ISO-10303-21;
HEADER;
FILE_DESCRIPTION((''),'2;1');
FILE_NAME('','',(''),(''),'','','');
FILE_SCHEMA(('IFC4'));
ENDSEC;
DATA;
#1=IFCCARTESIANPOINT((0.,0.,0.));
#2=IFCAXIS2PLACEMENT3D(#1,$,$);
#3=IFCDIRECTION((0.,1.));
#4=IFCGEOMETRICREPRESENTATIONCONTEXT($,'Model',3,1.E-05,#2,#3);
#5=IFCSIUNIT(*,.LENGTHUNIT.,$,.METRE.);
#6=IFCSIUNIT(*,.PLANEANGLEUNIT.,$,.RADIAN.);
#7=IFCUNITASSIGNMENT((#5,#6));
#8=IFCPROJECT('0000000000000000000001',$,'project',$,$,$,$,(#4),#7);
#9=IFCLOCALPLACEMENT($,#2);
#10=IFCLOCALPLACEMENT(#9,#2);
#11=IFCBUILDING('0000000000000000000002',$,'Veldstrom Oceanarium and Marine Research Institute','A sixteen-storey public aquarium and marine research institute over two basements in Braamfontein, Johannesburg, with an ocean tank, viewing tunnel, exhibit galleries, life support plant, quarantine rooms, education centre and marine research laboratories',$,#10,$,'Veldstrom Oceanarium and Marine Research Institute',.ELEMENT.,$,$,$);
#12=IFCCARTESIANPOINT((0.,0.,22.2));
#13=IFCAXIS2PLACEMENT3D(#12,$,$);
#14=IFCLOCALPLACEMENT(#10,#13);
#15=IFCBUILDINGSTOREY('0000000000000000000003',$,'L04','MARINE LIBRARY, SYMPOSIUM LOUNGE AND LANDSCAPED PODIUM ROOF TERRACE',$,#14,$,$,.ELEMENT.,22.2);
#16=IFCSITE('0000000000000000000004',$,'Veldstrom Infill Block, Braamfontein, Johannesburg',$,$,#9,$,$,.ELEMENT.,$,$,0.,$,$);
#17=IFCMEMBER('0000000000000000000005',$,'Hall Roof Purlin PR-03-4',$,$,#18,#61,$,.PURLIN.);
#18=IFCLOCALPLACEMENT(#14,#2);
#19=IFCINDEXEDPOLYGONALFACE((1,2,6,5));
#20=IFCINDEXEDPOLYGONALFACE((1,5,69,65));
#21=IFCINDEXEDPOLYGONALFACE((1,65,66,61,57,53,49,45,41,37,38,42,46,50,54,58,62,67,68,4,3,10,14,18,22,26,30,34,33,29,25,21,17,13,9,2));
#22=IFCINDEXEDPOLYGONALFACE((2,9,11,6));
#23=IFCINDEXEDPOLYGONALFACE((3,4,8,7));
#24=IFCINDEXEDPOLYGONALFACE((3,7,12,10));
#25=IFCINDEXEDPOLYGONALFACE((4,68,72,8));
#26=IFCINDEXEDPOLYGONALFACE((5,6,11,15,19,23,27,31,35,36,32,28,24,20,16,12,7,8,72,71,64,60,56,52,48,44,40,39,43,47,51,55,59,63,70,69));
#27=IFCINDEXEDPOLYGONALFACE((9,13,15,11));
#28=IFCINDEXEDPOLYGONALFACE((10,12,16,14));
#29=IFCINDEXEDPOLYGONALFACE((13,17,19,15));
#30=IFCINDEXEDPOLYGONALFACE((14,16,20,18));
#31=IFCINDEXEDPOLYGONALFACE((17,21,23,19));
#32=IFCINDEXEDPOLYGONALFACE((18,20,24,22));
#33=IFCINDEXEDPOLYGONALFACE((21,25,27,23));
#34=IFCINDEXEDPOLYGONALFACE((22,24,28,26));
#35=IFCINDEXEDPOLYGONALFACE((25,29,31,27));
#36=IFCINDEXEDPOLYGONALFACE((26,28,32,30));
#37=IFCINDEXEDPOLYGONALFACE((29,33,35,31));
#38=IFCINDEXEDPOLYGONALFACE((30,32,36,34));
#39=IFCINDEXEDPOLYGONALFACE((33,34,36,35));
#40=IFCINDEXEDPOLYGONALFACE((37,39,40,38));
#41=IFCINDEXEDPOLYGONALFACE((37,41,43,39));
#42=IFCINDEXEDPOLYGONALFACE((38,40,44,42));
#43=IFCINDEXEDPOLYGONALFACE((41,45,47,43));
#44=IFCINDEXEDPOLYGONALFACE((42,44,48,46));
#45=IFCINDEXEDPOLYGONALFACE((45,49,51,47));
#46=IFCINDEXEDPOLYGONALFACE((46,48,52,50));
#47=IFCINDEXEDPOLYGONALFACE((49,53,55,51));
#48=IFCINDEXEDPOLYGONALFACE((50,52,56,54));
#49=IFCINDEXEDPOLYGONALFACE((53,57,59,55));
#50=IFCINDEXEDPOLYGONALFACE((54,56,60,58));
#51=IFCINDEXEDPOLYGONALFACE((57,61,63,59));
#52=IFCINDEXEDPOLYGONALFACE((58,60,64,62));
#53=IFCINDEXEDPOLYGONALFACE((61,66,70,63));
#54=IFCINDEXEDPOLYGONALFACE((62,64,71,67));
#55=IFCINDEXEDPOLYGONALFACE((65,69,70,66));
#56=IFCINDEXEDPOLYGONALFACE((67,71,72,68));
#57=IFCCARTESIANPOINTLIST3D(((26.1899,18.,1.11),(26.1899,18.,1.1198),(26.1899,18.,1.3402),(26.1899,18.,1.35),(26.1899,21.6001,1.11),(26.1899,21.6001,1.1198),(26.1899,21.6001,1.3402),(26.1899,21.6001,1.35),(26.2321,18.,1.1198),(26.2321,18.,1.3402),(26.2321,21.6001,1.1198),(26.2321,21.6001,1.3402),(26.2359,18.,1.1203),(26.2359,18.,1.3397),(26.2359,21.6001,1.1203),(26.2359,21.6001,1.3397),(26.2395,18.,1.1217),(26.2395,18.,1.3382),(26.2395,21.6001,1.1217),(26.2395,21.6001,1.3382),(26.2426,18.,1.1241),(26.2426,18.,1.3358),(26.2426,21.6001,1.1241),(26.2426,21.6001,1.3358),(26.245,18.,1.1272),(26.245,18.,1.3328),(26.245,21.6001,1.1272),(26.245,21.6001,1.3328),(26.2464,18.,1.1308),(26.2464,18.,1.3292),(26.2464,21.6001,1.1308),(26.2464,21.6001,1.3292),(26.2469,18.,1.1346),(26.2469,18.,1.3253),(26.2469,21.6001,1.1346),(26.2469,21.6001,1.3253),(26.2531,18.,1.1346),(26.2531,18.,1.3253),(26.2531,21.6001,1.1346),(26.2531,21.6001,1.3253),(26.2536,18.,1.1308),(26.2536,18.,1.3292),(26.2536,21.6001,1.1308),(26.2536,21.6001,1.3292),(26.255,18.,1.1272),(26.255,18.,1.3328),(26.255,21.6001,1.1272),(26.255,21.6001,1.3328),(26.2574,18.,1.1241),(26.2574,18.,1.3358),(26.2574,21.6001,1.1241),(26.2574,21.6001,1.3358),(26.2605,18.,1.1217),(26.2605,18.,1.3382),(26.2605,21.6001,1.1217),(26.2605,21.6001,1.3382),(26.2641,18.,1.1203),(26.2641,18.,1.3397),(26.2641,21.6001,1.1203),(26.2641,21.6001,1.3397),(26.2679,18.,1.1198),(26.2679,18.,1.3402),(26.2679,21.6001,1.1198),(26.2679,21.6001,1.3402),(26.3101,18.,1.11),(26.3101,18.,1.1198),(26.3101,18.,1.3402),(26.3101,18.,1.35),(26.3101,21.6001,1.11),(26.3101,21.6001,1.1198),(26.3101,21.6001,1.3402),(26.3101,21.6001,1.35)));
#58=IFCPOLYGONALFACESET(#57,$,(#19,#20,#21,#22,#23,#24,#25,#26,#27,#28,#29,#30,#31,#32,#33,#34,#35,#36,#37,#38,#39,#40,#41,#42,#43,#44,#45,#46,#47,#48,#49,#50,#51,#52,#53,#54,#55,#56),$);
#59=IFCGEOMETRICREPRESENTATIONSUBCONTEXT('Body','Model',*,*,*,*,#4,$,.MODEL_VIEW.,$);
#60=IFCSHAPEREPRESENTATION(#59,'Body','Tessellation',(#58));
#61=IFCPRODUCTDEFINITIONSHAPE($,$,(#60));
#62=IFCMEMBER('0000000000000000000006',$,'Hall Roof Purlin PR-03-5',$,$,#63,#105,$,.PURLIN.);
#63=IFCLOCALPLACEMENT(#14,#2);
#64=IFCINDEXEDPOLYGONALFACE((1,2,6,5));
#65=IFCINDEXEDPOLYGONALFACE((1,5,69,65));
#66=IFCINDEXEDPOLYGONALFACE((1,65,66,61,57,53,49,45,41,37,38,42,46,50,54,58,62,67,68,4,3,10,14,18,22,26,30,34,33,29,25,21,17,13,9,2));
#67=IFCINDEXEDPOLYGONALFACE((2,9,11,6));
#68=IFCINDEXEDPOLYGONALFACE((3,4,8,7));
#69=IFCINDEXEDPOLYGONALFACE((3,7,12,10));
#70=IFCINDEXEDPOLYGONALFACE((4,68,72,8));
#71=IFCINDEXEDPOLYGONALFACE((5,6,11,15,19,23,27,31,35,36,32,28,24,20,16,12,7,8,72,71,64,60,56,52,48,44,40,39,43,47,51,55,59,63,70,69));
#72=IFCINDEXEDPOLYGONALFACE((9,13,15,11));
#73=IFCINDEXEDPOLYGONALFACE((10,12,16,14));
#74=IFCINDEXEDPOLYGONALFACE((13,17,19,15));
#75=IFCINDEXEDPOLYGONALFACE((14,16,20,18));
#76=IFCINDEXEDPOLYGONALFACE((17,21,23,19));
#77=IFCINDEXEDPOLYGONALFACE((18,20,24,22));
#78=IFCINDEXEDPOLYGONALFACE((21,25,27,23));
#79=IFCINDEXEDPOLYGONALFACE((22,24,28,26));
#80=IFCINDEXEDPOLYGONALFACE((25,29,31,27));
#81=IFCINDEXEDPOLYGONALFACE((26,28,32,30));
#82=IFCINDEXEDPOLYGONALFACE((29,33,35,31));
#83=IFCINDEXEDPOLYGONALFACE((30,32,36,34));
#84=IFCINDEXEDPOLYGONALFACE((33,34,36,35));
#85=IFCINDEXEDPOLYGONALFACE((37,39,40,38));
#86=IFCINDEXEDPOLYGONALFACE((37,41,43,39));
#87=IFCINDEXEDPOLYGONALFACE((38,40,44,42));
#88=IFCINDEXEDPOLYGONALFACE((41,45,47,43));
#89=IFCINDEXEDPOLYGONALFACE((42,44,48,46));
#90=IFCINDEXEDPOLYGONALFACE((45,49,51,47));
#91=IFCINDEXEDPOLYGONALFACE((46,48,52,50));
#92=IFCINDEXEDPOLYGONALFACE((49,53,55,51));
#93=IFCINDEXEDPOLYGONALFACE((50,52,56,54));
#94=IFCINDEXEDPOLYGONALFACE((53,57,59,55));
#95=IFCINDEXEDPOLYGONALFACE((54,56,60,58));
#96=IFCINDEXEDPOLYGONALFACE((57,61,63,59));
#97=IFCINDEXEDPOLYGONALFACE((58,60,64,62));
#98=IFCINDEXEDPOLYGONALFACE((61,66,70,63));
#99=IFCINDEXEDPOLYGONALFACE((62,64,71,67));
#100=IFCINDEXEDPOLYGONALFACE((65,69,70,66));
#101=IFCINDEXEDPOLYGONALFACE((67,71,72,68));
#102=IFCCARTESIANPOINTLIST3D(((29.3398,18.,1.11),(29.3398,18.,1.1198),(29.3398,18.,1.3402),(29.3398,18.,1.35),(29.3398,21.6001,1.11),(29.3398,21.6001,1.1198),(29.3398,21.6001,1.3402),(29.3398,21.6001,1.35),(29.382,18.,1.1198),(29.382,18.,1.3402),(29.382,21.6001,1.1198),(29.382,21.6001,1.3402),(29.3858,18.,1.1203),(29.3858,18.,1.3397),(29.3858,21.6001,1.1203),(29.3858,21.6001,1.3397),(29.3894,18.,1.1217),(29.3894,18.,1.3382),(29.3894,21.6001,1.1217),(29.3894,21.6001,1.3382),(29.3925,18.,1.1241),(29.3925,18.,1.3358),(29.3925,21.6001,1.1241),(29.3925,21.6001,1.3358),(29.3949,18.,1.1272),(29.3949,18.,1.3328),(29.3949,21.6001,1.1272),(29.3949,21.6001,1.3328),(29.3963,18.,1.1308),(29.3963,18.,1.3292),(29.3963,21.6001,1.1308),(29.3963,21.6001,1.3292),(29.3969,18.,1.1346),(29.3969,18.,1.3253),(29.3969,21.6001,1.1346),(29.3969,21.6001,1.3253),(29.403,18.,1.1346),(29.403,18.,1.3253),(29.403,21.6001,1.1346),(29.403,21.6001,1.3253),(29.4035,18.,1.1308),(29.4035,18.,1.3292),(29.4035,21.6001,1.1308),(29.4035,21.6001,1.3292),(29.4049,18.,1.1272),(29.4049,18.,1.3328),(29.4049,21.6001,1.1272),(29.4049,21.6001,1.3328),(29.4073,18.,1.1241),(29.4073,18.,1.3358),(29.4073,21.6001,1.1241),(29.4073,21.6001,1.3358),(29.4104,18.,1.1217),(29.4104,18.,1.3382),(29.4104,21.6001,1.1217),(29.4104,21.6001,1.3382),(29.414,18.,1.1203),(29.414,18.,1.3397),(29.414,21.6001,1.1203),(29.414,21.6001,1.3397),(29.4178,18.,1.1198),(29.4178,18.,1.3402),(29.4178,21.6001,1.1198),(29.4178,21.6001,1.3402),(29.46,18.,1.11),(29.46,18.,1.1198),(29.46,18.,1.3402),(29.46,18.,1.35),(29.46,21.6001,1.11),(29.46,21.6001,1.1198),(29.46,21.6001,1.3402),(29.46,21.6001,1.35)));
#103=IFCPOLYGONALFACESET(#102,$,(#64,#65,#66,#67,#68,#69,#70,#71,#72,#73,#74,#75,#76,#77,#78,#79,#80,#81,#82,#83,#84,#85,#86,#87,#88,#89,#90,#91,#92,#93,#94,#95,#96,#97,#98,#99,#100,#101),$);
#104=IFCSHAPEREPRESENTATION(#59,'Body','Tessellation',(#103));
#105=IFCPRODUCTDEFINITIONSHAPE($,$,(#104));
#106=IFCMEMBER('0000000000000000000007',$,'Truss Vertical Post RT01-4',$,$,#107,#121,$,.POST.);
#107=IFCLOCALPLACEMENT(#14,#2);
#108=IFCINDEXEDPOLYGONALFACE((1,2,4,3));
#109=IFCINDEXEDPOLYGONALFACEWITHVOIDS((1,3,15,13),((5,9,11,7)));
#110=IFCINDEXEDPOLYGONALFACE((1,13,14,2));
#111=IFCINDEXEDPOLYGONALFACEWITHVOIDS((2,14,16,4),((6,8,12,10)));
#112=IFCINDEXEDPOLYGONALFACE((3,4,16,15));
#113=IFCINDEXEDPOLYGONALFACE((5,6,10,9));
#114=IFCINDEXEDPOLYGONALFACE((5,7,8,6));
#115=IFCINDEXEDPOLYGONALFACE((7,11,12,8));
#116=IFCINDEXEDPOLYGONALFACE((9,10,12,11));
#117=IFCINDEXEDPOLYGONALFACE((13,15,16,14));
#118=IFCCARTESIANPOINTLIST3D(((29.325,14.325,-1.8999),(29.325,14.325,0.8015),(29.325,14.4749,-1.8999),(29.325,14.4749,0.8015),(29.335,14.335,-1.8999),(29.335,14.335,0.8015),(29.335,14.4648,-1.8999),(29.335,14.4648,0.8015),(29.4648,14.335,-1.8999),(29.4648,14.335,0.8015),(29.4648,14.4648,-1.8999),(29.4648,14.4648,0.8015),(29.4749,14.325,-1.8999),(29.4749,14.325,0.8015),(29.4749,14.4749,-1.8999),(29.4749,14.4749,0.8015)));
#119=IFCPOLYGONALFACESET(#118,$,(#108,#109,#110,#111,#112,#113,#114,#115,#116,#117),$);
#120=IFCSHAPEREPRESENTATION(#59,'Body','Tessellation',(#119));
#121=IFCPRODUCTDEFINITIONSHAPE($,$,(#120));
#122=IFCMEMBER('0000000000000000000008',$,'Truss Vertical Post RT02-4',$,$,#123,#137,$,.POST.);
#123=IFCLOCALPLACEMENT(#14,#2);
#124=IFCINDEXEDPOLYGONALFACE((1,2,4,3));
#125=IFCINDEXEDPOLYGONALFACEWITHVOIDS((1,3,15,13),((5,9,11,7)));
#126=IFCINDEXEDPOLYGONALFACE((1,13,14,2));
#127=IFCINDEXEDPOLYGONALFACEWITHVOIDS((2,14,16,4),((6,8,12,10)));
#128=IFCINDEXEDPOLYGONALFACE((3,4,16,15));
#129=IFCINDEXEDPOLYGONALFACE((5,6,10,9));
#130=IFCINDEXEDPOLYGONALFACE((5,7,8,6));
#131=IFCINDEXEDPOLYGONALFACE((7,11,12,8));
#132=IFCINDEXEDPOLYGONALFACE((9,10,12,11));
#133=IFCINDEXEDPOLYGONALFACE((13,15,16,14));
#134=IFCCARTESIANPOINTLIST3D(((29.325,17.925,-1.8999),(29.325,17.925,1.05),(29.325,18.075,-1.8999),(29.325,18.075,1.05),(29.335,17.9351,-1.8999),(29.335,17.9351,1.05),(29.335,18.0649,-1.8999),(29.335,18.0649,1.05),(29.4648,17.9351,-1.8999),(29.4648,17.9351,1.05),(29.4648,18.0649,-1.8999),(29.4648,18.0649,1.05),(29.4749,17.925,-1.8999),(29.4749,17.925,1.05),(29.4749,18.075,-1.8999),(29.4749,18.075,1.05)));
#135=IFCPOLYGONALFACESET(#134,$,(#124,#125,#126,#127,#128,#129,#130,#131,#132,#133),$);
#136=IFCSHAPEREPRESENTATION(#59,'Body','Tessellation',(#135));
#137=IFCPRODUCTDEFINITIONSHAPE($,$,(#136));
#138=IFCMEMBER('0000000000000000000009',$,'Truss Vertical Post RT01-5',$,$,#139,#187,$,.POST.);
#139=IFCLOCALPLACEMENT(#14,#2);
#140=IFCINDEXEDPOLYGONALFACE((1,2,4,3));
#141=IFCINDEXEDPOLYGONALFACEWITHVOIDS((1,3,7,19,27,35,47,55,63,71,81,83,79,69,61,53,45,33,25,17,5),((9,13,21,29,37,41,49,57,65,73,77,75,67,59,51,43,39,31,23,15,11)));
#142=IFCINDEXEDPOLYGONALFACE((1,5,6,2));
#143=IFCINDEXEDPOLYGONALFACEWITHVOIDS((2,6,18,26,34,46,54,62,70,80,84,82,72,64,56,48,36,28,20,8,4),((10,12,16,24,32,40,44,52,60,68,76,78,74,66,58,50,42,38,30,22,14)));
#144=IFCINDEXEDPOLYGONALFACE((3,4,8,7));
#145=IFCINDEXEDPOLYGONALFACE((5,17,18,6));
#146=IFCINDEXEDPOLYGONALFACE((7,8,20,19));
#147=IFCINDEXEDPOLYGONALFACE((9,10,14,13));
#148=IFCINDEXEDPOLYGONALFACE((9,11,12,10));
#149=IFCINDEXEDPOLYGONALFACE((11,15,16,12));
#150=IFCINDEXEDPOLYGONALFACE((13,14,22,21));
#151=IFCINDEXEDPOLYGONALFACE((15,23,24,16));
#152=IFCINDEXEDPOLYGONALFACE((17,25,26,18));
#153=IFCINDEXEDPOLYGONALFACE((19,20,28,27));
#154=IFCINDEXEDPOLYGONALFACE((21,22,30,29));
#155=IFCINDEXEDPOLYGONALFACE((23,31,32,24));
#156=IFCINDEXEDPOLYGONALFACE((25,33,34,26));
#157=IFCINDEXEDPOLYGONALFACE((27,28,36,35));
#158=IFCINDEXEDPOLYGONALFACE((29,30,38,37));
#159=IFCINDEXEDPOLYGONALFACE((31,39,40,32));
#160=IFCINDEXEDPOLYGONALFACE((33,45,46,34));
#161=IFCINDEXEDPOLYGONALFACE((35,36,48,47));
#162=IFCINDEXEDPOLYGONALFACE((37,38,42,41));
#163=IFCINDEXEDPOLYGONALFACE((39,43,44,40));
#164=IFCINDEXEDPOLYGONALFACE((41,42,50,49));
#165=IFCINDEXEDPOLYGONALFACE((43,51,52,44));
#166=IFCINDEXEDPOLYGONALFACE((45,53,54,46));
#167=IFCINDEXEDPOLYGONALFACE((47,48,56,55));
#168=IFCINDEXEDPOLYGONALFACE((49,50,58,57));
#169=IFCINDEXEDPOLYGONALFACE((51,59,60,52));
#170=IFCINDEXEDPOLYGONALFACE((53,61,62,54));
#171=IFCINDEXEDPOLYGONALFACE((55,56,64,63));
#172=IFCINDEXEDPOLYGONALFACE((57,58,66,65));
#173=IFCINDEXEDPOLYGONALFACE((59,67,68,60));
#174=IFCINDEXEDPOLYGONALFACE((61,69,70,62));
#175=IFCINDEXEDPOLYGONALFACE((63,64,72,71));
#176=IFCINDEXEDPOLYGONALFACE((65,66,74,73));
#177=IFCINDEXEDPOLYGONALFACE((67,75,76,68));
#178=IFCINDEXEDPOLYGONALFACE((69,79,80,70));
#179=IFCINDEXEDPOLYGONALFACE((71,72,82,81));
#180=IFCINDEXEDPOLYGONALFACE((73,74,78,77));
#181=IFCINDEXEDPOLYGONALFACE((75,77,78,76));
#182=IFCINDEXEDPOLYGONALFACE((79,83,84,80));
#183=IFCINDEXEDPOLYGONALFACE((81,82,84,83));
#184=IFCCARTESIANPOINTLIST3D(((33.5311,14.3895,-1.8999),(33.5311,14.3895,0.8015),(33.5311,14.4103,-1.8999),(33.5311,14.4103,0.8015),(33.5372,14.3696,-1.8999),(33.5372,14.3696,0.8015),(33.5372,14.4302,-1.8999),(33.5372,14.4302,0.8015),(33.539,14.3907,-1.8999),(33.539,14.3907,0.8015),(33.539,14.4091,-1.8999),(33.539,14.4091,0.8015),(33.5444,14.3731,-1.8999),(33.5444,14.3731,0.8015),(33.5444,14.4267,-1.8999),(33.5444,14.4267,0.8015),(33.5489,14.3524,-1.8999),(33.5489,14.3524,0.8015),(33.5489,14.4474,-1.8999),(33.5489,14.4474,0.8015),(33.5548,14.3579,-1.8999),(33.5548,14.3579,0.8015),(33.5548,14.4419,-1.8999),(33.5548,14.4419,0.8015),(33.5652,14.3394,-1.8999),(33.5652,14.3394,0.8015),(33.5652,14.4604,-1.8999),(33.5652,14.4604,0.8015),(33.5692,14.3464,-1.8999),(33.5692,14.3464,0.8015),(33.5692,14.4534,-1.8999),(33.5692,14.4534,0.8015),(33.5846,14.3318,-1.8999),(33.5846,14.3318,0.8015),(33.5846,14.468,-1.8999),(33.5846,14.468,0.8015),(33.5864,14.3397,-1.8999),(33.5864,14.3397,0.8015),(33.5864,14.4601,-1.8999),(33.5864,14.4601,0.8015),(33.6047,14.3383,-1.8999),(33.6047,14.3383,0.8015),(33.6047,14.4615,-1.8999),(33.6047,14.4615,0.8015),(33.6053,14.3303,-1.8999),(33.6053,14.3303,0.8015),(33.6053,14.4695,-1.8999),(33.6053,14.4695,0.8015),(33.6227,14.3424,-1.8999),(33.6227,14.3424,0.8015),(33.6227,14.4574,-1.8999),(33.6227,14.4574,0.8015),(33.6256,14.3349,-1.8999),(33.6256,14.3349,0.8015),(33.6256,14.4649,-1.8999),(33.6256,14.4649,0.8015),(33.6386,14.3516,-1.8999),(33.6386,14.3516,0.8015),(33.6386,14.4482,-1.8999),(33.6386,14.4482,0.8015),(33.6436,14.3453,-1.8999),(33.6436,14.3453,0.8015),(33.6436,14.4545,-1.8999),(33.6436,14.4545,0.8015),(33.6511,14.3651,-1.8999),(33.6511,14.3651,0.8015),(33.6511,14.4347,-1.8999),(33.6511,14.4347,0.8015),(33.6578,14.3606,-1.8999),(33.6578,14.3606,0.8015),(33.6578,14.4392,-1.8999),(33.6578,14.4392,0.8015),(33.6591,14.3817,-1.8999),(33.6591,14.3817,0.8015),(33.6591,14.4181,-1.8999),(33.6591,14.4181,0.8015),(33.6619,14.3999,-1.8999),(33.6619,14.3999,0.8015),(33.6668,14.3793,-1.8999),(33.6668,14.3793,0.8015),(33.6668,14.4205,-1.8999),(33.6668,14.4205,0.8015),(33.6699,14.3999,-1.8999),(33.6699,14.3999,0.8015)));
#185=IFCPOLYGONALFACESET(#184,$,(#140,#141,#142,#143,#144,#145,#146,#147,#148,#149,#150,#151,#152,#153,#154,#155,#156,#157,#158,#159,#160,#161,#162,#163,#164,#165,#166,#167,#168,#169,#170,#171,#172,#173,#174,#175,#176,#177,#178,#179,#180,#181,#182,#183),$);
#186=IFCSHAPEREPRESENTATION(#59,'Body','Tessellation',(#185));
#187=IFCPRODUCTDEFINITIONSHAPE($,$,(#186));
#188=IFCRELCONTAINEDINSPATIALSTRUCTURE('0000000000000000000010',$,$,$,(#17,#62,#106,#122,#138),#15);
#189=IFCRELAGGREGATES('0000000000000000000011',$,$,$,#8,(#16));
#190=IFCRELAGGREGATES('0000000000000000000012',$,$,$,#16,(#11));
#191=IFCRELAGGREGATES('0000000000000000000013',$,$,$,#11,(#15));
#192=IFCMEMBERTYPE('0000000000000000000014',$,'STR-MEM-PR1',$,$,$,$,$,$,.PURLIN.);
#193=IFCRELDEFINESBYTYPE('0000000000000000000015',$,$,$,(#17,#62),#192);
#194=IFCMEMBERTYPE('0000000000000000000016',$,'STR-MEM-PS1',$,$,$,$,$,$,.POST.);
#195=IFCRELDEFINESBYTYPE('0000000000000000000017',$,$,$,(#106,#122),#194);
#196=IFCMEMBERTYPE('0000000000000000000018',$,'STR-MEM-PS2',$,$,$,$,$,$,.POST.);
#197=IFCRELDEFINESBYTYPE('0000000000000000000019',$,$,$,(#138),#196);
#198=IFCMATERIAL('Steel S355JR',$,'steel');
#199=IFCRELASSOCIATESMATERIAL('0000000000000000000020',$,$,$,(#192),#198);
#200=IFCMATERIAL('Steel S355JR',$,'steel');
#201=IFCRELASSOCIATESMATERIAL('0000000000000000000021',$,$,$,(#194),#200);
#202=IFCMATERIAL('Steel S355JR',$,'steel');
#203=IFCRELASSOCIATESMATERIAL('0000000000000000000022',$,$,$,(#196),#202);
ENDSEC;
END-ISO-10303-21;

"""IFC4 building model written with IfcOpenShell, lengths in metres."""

from ifc_helpers import new_model, si_unit, direction, frame, origin, origin_2d, place, context, subcontext, project, spatial, hollow_rectangle, hollow_circle, i_section, extrude, material, material_profile, profile_set, type_object, element, save


model = new_model("IFC4")

# Units and contexts
model_context = context("Model", 3, precision=1e-05, world=origin(), true_north=direction((0.0, 1.0)))
body_context = subcontext(model_context, "Body", "Model", "MODEL_VIEW")
ifc_project = project(units=[si_unit("LENGTHUNIT", "METRE"), si_unit("PLANEANGLEUNIT", "RADIAN")], contexts=[model_context])

# Site, building, storey
site_placement = place(None, origin())
site = spatial("IfcSite", under=ifc_project, at=site_placement, Name="Veldstrom Infill Block, Braamfontein, Johannesburg", CompositionType="ELEMENT", RefElevation=0.0)
building_placement = place(site_placement, origin())
building = spatial("IfcBuilding", under=site, at=building_placement, Name="Veldstrom Oceanarium and Marine Research Institute", Description="A sixteen-storey public aquarium and marine research institute over two basements in Braamfontein, Johannesburg, with an ocean tank, viewing tunnel, exhibit galleries, life support plant, quarantine rooms, education centre and marine research laboratories", LongName="Veldstrom Oceanarium and Marine Research Institute", CompositionType="ELEMENT")
storey_placement = place(building_placement, frame((0.0, 0.0, 22.2)))
storey = spatial("IfcBuildingStorey", under=building, at=storey_placement, Name="L04", Description="MARINE LIBRARY, SYMPOSIUM LOUNGE AND LANDSCAPED PODIUM ROOF TERRACE", CompositionType="ELEMENT", Elevation=22.2)

# Members
ifc_material_1 = material(Name="Steel S355JR", Category="steel")
ifc_material_profile_1 = material_profile(ifc_material_1, i_section(OverallWidth=0.1201, OverallDepth=0.24, WebThickness=0.0061, FlangeThickness=0.0098, FilletRadius=0.0149, at=origin_2d()), Name="IPE 240")
ifc_profile_set_1 = profile_set([ifc_material_profile_1], Name="Steel S355JR")
member_type_1 = type_object("IfcMemberType", Name="STR-MEM-PR1", PredefinedType="PURLIN", material=ifc_profile_set_1)
for number, where, z_axis, x_axis, name in (
    (1, (26.25, 18.0, 1.23), (0.0, 1.0, 0.0), (-1.0, 0.0, 0.0), "Hall Roof Purlin PR-03-4"),
    (2, (29.3999, 18.0, 1.23), (0.0, 1.0, 0.0), (-1.0, 0.0, 0.0), "Hall Roof Purlin PR-03-5"),
):
    element("IfcMember", number, at=place(storey_placement, frame(where, z_axis=z_axis, x_axis=x_axis)), inside=storey, type_object=member_type_1, Name=name, PredefinedType="PURLIN", context=body_context, shape_type="SweptSolid", body=[
        extrude(i_section(OverallWidth=0.1201, OverallDepth=0.24, WebThickness=0.0061, FlangeThickness=0.0098, FilletRadius=0.0149, at=origin_2d()), origin(), (0.0, 0.0, 1.0), 3.6001),
    ])
ifc_material_2 = material(Name="Steel S355JR", Category="steel")
ifc_material_profile_2 = material_profile(ifc_material_2, hollow_rectangle(XDim=0.1499, YDim=0.1499, WallThickness=0.01, at=origin_2d()), Name="SHS 150x150x10")
ifc_profile_set_2 = profile_set([ifc_material_profile_2], Name="Steel S355JR")
member_type_2 = type_object("IfcMemberType", Name="STR-MEM-PS1", PredefinedType="POST", material=ifc_profile_set_2)
member_1_placement = place(storey_placement, frame((29.3999, 14.3999, -1.8999), z_axis=(0.0, 0.0, 1.0), x_axis=(1.0, 0.0, 0.0)))
element("IfcMember", 3, at=member_1_placement, inside=storey, type_object=member_type_2, Name="Truss Vertical Post RT01-4", PredefinedType="POST", context=body_context, shape_type="SweptSolid", body=[
    extrude(hollow_rectangle(XDim=0.1499, YDim=0.1499, WallThickness=0.01, at=origin_2d()), origin(), (0.0, 0.0, 1.0), 2.7014),
])
member_2_placement = place(storey_placement, frame((29.3999, 18.0, -1.8999), z_axis=(0.0, 0.0, 1.0), x_axis=(1.0, 0.0, 0.0)))
element("IfcMember", 4, at=member_2_placement, inside=storey, type_object=member_type_2, Name="Truss Vertical Post RT02-4", PredefinedType="POST", context=body_context, shape_type="SweptSolid", body=[
    extrude(hollow_rectangle(XDim=0.1499, YDim=0.1499, WallThickness=0.01, at=origin_2d()), origin(), (0.0, 0.0, 1.0), 2.95),
])
ifc_material_3 = material(Name="Steel S355JR", Category="steel")
ifc_material_profile_3 = material_profile(ifc_material_3, hollow_circle(Radius=0.0698, WallThickness=0.0081, at=origin_2d()), Name="CHS 139.7x8")
ifc_profile_set_3 = profile_set([ifc_material_profile_3], Name="Steel S355JR")
member_type_3 = type_object("IfcMemberType", Name="STR-MEM-PS2", PredefinedType="POST", material=ifc_profile_set_3)
for number, where, z_axis, x_axis, name in (
    (5, (33.6001, 14.3999, -1.8999), (0.0, 0.0, 1.0), (1.0, 0.0, 0.0), "Truss Vertical Post RT01-5"),
):
    element("IfcMember", number, at=place(storey_placement, frame(where, z_axis=z_axis, x_axis=x_axis)), inside=storey, type_object=member_type_3, Name=name, PredefinedType="POST", context=body_context, shape_type="SweptSolid", body=[
        extrude(hollow_circle(Radius=0.0698, WallThickness=0.0081, at=origin_2d()), origin(), (0.0, 0.0, 1.0), 2.7014),
    ])

save(model, "model.ifc")
